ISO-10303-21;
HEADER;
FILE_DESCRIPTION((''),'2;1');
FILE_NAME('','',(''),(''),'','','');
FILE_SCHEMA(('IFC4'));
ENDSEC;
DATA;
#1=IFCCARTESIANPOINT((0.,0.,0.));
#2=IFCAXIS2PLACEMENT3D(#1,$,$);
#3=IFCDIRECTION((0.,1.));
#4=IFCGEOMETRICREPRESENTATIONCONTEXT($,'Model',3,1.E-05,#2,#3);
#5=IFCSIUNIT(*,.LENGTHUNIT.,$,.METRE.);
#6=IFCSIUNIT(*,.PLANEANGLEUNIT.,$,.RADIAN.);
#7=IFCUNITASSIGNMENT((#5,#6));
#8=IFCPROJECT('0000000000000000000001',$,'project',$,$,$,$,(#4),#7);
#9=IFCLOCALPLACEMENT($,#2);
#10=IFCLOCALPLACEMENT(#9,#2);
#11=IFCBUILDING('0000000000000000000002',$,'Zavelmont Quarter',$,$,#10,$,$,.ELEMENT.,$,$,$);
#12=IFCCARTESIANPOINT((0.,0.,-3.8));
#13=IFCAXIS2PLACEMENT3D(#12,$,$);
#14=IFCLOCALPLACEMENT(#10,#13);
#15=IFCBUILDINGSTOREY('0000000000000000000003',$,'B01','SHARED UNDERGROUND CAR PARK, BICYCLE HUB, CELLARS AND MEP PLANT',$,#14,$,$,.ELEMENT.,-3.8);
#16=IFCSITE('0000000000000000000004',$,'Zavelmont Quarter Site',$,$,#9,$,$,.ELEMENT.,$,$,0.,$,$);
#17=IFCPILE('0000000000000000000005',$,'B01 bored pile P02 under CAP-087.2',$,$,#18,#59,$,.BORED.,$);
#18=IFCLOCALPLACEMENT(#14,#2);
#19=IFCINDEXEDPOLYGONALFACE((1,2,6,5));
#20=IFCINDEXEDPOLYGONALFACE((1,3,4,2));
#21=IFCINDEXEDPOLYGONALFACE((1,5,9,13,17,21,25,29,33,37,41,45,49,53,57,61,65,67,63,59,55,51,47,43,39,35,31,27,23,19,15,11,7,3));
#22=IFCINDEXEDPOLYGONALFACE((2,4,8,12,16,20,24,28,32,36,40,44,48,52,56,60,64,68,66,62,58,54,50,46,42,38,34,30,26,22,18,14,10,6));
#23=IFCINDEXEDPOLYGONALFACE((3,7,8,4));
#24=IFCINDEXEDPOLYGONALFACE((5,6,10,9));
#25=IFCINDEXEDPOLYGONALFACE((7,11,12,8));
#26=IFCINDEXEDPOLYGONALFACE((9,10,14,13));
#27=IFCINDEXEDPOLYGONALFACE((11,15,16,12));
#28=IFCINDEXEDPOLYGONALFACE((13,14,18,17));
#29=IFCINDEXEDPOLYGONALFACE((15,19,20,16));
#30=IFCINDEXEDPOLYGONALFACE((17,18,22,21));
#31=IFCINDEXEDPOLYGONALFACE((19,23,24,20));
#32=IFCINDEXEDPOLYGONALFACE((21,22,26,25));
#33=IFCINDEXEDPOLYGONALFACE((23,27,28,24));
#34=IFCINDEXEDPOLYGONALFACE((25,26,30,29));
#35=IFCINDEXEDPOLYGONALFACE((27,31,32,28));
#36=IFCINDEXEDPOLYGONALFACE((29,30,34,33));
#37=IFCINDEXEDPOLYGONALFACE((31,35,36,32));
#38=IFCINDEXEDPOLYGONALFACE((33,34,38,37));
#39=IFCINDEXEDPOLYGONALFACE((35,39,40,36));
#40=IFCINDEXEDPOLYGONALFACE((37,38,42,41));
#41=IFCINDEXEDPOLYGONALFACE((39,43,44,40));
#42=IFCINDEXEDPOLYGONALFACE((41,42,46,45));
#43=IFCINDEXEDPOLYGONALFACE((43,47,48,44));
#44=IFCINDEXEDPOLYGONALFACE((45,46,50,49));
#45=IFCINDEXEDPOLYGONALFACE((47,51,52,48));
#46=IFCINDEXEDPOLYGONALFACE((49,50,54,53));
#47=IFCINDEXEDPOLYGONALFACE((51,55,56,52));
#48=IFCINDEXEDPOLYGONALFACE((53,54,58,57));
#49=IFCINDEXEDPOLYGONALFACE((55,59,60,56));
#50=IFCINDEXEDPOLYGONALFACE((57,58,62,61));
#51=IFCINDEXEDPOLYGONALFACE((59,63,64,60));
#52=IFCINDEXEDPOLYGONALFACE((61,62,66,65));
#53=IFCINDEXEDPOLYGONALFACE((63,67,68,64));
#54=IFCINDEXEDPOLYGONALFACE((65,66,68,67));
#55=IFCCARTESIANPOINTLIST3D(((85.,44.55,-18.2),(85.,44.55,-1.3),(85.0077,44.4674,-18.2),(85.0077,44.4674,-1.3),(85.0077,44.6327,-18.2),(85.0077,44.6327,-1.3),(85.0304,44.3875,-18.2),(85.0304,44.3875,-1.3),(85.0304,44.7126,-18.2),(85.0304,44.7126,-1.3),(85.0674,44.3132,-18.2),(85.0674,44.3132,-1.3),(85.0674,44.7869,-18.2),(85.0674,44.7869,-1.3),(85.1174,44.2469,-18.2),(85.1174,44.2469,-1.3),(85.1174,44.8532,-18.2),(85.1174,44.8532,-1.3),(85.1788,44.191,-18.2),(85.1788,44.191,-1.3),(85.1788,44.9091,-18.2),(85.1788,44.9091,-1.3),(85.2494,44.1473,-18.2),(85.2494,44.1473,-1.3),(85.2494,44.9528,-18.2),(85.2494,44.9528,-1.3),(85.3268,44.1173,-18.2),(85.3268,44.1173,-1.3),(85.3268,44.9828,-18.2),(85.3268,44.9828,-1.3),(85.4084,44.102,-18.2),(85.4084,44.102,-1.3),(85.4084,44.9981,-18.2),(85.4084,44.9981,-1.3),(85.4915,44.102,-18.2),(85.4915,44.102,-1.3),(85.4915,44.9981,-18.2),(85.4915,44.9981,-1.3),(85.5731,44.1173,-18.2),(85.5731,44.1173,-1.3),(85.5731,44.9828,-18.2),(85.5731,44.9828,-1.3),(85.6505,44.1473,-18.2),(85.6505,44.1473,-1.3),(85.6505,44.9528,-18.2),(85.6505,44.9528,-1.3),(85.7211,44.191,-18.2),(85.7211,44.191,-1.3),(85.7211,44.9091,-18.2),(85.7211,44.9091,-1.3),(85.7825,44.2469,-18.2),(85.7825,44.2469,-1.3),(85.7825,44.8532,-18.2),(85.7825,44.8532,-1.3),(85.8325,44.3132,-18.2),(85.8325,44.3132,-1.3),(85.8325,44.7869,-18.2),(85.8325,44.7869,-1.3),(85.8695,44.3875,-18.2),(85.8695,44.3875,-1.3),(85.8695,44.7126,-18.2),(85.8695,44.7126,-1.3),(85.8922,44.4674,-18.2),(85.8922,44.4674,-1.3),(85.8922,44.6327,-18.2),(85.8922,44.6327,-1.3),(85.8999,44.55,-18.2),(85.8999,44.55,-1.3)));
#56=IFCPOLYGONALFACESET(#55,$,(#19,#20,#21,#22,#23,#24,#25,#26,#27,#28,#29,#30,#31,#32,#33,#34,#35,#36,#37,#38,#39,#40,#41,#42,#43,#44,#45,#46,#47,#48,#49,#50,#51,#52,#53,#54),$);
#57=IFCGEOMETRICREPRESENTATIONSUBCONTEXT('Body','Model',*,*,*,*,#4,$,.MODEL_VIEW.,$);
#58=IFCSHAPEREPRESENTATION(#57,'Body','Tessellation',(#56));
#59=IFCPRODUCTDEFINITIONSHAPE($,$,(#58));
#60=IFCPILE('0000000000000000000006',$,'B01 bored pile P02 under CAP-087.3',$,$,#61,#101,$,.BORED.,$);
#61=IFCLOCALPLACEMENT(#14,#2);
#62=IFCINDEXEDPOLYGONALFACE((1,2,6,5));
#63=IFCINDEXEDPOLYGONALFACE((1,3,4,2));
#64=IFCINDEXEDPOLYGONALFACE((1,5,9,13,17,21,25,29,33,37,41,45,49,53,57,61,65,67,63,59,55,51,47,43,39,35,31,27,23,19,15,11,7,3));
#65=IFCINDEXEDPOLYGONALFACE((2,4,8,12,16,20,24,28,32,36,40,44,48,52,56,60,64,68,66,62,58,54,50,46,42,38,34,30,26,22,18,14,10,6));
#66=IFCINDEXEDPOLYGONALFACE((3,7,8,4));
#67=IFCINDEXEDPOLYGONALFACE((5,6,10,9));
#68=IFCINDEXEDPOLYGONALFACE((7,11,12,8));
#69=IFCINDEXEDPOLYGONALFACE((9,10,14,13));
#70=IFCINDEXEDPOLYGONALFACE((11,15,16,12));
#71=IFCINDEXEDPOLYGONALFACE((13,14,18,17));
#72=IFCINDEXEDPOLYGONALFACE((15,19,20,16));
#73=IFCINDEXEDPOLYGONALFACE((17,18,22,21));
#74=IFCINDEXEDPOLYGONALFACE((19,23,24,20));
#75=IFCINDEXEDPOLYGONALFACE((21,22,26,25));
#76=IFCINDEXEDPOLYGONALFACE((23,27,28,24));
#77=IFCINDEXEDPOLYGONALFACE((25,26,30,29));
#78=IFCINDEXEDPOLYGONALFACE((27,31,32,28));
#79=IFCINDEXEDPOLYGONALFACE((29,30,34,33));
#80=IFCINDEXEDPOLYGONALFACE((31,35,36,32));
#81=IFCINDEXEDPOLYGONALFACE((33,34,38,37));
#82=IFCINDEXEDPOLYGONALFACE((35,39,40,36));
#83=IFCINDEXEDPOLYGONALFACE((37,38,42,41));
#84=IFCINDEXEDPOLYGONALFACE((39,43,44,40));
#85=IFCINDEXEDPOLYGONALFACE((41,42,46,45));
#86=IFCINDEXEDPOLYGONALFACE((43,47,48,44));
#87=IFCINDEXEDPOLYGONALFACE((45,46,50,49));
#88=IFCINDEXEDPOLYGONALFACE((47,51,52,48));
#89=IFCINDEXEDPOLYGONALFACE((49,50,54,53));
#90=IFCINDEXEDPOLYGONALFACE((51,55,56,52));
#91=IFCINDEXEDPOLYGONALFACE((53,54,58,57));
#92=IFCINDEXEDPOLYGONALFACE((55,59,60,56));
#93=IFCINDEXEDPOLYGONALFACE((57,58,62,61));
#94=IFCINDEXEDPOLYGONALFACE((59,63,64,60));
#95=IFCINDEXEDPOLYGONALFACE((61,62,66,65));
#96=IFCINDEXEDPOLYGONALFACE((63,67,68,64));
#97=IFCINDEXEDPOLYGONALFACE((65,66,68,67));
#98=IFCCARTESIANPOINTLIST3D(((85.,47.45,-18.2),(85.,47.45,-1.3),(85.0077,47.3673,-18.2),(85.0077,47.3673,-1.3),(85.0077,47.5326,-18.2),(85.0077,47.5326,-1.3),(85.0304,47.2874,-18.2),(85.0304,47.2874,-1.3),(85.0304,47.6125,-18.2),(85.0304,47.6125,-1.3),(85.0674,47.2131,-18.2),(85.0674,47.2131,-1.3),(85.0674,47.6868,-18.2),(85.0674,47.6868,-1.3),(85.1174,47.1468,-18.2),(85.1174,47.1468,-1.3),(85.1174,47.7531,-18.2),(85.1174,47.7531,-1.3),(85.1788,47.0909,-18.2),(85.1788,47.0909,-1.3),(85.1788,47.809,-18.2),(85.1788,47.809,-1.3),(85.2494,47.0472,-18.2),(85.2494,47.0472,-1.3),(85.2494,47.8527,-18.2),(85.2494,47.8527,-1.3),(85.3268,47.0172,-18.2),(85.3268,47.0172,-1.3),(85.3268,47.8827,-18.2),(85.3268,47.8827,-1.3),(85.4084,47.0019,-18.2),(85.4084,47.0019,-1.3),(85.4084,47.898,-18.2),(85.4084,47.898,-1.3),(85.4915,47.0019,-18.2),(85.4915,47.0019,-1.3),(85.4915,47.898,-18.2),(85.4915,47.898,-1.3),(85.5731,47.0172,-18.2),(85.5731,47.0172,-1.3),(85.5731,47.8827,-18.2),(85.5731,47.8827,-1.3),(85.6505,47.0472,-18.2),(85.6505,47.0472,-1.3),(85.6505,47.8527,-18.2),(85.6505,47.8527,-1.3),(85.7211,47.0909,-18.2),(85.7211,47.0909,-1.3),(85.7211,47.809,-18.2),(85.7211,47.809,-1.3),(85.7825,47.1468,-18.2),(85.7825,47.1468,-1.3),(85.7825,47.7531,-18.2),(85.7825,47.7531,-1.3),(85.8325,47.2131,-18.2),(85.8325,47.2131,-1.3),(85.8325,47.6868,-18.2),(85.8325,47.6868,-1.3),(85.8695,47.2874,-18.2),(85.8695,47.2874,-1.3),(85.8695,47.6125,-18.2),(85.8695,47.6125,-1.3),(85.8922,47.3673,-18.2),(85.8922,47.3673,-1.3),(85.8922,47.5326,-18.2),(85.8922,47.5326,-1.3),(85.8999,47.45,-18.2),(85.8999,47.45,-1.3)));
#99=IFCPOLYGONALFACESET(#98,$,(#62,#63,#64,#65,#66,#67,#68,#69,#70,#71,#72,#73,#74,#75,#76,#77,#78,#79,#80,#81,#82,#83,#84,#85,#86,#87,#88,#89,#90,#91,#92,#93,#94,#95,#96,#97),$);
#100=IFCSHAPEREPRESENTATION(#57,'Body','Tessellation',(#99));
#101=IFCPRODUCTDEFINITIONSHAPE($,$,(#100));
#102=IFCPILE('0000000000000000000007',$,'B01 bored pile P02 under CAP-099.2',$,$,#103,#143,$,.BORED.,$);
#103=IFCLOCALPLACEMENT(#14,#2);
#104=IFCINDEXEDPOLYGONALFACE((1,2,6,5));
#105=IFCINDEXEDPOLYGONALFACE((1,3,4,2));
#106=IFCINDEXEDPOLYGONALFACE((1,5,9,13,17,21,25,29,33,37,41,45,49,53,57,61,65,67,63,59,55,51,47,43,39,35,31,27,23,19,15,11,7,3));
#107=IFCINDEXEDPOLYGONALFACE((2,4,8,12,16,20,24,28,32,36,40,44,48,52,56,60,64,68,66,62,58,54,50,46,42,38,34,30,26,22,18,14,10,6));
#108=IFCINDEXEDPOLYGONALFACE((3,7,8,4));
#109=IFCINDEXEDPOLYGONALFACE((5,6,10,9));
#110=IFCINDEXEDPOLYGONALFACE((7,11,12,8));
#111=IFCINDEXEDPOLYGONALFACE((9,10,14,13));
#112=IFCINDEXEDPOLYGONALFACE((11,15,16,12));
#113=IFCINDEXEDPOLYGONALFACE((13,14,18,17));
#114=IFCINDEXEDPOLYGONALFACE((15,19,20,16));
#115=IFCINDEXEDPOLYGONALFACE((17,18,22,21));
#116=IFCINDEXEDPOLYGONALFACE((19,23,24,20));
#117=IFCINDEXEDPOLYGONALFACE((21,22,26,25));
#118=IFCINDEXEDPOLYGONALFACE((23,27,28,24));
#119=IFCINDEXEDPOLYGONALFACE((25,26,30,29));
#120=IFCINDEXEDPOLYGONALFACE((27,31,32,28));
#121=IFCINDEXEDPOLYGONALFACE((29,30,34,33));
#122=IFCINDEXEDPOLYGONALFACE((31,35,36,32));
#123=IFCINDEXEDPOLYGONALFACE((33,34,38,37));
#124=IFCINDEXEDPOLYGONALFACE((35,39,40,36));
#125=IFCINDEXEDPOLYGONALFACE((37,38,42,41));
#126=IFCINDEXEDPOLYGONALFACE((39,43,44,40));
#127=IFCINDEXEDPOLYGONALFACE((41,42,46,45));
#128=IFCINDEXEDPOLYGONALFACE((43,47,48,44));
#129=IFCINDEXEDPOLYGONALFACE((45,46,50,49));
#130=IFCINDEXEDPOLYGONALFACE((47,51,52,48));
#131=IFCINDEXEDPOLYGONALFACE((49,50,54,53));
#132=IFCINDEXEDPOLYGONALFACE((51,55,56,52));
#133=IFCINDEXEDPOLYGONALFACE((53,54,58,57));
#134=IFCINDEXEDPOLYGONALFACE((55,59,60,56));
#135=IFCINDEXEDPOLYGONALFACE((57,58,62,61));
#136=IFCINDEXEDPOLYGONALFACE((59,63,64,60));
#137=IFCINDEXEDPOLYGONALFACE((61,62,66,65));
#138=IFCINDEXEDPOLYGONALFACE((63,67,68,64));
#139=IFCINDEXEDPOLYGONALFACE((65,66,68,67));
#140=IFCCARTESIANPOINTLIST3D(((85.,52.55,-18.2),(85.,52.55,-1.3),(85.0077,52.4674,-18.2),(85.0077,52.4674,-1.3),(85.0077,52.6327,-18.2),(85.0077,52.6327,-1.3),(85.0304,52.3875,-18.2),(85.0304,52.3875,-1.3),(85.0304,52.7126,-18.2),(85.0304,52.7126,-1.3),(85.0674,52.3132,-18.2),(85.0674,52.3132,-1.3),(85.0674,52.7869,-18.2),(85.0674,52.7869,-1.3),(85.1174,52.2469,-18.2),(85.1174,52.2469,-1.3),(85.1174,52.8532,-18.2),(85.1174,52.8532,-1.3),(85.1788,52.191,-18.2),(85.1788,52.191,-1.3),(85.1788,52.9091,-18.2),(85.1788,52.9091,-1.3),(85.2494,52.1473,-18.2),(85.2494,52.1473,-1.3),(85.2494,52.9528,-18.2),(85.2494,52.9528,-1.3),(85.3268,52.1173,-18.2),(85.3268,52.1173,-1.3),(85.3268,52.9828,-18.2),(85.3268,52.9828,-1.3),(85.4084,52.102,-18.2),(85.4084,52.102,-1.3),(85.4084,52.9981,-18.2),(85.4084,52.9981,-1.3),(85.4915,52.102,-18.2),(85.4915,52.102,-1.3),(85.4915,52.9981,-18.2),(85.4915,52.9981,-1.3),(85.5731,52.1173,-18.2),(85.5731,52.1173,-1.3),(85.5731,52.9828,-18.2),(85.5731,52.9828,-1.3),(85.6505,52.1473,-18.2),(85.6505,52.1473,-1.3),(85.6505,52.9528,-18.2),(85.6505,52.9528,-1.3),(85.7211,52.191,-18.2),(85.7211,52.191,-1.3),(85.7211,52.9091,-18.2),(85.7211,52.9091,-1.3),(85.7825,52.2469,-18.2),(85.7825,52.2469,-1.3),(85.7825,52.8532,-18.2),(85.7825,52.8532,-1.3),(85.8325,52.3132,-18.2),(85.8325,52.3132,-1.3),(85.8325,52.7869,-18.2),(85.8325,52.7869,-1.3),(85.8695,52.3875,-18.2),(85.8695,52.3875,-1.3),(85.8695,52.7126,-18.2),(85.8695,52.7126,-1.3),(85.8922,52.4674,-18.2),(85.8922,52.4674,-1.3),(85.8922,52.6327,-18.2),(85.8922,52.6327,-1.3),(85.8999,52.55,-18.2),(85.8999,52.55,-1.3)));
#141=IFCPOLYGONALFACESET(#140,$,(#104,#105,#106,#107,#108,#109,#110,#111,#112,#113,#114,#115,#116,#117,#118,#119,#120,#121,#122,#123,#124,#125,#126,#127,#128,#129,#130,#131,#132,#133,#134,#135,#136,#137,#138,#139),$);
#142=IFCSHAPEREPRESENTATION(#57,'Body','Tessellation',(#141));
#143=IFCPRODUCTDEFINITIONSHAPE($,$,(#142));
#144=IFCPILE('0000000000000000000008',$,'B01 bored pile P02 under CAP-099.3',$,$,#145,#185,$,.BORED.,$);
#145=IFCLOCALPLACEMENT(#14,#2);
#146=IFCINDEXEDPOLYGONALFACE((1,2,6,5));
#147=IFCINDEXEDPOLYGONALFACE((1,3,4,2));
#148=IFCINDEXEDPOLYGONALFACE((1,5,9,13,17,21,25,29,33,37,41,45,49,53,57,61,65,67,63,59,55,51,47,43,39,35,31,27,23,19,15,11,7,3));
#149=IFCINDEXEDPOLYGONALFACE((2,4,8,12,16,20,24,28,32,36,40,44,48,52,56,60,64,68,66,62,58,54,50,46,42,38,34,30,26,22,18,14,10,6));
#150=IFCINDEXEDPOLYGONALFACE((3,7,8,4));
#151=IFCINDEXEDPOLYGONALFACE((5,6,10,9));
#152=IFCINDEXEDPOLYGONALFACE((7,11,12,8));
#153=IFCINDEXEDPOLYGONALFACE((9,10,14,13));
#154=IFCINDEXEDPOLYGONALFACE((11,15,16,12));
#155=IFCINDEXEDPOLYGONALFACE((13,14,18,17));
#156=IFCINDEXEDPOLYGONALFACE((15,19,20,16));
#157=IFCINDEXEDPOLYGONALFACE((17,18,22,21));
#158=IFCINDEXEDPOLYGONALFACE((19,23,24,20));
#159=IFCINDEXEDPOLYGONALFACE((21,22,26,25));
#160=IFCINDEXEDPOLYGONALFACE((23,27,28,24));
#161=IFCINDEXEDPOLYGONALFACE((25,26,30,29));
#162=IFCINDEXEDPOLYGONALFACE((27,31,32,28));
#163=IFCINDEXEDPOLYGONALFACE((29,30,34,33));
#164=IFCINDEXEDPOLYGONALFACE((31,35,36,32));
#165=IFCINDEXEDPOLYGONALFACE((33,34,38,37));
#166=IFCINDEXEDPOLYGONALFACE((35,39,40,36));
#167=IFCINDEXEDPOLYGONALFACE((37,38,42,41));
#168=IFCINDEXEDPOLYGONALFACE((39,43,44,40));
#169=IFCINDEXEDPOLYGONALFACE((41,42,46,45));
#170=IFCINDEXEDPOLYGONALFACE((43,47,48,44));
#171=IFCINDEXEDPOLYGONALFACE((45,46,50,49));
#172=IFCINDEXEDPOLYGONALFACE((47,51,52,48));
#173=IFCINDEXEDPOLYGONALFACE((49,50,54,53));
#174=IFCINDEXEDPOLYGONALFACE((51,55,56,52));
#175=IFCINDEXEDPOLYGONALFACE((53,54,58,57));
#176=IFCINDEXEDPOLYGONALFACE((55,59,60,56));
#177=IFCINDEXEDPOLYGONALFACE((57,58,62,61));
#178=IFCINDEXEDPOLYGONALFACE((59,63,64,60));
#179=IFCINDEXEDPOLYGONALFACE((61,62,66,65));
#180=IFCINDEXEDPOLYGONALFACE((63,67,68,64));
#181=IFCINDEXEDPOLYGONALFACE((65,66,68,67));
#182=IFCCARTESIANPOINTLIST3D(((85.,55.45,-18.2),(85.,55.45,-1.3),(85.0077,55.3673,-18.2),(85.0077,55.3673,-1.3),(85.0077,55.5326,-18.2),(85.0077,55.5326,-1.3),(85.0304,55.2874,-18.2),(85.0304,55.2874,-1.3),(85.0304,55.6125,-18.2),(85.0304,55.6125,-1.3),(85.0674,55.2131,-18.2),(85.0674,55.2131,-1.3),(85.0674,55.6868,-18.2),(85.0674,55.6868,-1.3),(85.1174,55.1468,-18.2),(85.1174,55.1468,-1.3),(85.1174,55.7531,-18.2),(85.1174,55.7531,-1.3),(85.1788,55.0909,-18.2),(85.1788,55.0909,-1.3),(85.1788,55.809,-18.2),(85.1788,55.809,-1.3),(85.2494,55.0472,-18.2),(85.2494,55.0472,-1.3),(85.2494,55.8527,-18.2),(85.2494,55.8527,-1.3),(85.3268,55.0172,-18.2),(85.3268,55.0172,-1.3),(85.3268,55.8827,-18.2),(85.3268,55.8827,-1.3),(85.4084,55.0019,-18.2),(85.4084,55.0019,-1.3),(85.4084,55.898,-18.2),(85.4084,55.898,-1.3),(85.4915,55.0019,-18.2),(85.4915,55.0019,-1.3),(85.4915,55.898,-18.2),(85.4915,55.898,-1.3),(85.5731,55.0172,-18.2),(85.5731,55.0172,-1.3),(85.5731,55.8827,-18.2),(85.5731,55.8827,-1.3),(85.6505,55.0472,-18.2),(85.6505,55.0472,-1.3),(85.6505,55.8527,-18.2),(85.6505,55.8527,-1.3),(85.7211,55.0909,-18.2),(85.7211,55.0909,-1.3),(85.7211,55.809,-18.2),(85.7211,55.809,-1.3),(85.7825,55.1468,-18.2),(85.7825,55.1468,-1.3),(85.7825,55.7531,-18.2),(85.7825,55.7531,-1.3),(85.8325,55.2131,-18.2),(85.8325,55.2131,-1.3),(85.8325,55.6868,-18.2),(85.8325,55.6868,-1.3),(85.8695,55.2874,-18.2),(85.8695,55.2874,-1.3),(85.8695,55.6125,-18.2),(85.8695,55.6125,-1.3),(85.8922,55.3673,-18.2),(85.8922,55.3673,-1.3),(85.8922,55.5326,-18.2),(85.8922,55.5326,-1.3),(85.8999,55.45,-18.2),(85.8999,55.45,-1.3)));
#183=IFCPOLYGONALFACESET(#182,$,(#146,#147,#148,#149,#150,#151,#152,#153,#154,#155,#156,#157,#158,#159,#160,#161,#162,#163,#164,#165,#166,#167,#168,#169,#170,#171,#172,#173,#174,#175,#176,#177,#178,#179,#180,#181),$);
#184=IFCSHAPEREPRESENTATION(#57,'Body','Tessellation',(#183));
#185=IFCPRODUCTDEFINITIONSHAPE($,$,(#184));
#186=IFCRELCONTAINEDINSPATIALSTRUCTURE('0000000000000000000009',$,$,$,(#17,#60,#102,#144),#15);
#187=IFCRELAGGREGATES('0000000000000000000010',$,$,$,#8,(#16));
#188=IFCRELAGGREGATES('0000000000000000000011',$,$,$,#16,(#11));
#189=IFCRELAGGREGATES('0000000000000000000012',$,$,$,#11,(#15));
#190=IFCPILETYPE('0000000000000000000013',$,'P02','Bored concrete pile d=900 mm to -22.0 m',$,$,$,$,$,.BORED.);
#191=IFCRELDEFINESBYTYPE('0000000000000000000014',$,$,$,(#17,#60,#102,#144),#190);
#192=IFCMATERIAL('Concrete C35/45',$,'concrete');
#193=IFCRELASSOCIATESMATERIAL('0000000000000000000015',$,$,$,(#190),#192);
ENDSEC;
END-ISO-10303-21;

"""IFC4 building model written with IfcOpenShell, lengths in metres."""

from ifc_helpers import new_model, si_unit, direction, frame, origin, origin_2d, place, context, subcontext, project, spatial, circle, extrude, material, material_profile, profile_set, type_object, element, save


model = new_model("IFC4")

# Units and contexts
model_context = context("Model", 3, precision=1e-05, world=origin(), true_north=direction((0.0, 1.0)))
body_context = subcontext(model_context, "Body", "Model", "MODEL_VIEW")
ifc_project = project(units=[si_unit("LENGTHUNIT", "METRE"), si_unit("PLANEANGLEUNIT", "RADIAN")], contexts=[model_context])

# Site, building, storey
site_placement = place(None, origin())
site = spatial("IfcSite", under=ifc_project, at=site_placement, Name="Zavelmont Quarter Site", CompositionType="ELEMENT", RefElevation=0.0)
building_placement = place(site_placement, origin())
building = spatial("IfcBuilding", under=site, at=building_placement, Name="Zavelmont Quarter", CompositionType="ELEMENT")
storey_placement = place(building_placement, frame((0.0, 0.0, -3.8)))
storey = spatial("IfcBuildingStorey", under=building, at=storey_placement, Name="B01", Description="SHARED UNDERGROUND CAR PARK, BICYCLE HUB, CELLARS AND MEP PLANT", CompositionType="ELEMENT", Elevation=-3.8)

# Shared definitions
ifc_material_1 = material(Name="Concrete C35/45", Category="concrete")

# Piles
ifc_material_profile_1 = material_profile(ifc_material_1, circle(Radius=0.45, at=origin_2d()), Name="BP900")
ifc_profile_set_1 = profile_set([ifc_material_profile_1], Name="Concrete C35/45")
pile_type_1 = type_object("IfcPileType", Name="P02", Description="Bored concrete pile d=900 mm to -22.0 m", PredefinedType="BORED", material=ifc_profile_set_1)
for number, where, z_axis, x_axis, name in (
    (1, (85.45, 44.55, -1.3), (0.0, 0.0, -1.0), (1.0, 0.0, 0.0), "B01 bored pile P02 under CAP-087.2"),
    (2, (85.45, 47.45, -1.3), (0.0, 0.0, -1.0), (1.0, 0.0, 0.0), "B01 bored pile P02 under CAP-087.3"),
    (3, (85.45, 52.55, -1.3), (0.0, 0.0, -1.0), (1.0, 0.0, 0.0), "B01 bored pile P02 under CAP-099.2"),
    (4, (85.45, 55.45, -1.3), (0.0, 0.0, -1.0), (1.0, 0.0, 0.0), "B01 bored pile P02 under CAP-099.3"),
):
    element("IfcPile", number, at=place(storey_placement, frame(where, z_axis=z_axis, x_axis=x_axis)), inside=storey, type_object=pile_type_1, Name=name, PredefinedType="BORED", context=body_context, shape_type="SweptSolid", body=[
        extrude(circle(Radius=0.45, at=origin_2d()), origin(), (0.0, 0.0, 1.0), 16.8999),
    ])

save(model, "model.ifc")
